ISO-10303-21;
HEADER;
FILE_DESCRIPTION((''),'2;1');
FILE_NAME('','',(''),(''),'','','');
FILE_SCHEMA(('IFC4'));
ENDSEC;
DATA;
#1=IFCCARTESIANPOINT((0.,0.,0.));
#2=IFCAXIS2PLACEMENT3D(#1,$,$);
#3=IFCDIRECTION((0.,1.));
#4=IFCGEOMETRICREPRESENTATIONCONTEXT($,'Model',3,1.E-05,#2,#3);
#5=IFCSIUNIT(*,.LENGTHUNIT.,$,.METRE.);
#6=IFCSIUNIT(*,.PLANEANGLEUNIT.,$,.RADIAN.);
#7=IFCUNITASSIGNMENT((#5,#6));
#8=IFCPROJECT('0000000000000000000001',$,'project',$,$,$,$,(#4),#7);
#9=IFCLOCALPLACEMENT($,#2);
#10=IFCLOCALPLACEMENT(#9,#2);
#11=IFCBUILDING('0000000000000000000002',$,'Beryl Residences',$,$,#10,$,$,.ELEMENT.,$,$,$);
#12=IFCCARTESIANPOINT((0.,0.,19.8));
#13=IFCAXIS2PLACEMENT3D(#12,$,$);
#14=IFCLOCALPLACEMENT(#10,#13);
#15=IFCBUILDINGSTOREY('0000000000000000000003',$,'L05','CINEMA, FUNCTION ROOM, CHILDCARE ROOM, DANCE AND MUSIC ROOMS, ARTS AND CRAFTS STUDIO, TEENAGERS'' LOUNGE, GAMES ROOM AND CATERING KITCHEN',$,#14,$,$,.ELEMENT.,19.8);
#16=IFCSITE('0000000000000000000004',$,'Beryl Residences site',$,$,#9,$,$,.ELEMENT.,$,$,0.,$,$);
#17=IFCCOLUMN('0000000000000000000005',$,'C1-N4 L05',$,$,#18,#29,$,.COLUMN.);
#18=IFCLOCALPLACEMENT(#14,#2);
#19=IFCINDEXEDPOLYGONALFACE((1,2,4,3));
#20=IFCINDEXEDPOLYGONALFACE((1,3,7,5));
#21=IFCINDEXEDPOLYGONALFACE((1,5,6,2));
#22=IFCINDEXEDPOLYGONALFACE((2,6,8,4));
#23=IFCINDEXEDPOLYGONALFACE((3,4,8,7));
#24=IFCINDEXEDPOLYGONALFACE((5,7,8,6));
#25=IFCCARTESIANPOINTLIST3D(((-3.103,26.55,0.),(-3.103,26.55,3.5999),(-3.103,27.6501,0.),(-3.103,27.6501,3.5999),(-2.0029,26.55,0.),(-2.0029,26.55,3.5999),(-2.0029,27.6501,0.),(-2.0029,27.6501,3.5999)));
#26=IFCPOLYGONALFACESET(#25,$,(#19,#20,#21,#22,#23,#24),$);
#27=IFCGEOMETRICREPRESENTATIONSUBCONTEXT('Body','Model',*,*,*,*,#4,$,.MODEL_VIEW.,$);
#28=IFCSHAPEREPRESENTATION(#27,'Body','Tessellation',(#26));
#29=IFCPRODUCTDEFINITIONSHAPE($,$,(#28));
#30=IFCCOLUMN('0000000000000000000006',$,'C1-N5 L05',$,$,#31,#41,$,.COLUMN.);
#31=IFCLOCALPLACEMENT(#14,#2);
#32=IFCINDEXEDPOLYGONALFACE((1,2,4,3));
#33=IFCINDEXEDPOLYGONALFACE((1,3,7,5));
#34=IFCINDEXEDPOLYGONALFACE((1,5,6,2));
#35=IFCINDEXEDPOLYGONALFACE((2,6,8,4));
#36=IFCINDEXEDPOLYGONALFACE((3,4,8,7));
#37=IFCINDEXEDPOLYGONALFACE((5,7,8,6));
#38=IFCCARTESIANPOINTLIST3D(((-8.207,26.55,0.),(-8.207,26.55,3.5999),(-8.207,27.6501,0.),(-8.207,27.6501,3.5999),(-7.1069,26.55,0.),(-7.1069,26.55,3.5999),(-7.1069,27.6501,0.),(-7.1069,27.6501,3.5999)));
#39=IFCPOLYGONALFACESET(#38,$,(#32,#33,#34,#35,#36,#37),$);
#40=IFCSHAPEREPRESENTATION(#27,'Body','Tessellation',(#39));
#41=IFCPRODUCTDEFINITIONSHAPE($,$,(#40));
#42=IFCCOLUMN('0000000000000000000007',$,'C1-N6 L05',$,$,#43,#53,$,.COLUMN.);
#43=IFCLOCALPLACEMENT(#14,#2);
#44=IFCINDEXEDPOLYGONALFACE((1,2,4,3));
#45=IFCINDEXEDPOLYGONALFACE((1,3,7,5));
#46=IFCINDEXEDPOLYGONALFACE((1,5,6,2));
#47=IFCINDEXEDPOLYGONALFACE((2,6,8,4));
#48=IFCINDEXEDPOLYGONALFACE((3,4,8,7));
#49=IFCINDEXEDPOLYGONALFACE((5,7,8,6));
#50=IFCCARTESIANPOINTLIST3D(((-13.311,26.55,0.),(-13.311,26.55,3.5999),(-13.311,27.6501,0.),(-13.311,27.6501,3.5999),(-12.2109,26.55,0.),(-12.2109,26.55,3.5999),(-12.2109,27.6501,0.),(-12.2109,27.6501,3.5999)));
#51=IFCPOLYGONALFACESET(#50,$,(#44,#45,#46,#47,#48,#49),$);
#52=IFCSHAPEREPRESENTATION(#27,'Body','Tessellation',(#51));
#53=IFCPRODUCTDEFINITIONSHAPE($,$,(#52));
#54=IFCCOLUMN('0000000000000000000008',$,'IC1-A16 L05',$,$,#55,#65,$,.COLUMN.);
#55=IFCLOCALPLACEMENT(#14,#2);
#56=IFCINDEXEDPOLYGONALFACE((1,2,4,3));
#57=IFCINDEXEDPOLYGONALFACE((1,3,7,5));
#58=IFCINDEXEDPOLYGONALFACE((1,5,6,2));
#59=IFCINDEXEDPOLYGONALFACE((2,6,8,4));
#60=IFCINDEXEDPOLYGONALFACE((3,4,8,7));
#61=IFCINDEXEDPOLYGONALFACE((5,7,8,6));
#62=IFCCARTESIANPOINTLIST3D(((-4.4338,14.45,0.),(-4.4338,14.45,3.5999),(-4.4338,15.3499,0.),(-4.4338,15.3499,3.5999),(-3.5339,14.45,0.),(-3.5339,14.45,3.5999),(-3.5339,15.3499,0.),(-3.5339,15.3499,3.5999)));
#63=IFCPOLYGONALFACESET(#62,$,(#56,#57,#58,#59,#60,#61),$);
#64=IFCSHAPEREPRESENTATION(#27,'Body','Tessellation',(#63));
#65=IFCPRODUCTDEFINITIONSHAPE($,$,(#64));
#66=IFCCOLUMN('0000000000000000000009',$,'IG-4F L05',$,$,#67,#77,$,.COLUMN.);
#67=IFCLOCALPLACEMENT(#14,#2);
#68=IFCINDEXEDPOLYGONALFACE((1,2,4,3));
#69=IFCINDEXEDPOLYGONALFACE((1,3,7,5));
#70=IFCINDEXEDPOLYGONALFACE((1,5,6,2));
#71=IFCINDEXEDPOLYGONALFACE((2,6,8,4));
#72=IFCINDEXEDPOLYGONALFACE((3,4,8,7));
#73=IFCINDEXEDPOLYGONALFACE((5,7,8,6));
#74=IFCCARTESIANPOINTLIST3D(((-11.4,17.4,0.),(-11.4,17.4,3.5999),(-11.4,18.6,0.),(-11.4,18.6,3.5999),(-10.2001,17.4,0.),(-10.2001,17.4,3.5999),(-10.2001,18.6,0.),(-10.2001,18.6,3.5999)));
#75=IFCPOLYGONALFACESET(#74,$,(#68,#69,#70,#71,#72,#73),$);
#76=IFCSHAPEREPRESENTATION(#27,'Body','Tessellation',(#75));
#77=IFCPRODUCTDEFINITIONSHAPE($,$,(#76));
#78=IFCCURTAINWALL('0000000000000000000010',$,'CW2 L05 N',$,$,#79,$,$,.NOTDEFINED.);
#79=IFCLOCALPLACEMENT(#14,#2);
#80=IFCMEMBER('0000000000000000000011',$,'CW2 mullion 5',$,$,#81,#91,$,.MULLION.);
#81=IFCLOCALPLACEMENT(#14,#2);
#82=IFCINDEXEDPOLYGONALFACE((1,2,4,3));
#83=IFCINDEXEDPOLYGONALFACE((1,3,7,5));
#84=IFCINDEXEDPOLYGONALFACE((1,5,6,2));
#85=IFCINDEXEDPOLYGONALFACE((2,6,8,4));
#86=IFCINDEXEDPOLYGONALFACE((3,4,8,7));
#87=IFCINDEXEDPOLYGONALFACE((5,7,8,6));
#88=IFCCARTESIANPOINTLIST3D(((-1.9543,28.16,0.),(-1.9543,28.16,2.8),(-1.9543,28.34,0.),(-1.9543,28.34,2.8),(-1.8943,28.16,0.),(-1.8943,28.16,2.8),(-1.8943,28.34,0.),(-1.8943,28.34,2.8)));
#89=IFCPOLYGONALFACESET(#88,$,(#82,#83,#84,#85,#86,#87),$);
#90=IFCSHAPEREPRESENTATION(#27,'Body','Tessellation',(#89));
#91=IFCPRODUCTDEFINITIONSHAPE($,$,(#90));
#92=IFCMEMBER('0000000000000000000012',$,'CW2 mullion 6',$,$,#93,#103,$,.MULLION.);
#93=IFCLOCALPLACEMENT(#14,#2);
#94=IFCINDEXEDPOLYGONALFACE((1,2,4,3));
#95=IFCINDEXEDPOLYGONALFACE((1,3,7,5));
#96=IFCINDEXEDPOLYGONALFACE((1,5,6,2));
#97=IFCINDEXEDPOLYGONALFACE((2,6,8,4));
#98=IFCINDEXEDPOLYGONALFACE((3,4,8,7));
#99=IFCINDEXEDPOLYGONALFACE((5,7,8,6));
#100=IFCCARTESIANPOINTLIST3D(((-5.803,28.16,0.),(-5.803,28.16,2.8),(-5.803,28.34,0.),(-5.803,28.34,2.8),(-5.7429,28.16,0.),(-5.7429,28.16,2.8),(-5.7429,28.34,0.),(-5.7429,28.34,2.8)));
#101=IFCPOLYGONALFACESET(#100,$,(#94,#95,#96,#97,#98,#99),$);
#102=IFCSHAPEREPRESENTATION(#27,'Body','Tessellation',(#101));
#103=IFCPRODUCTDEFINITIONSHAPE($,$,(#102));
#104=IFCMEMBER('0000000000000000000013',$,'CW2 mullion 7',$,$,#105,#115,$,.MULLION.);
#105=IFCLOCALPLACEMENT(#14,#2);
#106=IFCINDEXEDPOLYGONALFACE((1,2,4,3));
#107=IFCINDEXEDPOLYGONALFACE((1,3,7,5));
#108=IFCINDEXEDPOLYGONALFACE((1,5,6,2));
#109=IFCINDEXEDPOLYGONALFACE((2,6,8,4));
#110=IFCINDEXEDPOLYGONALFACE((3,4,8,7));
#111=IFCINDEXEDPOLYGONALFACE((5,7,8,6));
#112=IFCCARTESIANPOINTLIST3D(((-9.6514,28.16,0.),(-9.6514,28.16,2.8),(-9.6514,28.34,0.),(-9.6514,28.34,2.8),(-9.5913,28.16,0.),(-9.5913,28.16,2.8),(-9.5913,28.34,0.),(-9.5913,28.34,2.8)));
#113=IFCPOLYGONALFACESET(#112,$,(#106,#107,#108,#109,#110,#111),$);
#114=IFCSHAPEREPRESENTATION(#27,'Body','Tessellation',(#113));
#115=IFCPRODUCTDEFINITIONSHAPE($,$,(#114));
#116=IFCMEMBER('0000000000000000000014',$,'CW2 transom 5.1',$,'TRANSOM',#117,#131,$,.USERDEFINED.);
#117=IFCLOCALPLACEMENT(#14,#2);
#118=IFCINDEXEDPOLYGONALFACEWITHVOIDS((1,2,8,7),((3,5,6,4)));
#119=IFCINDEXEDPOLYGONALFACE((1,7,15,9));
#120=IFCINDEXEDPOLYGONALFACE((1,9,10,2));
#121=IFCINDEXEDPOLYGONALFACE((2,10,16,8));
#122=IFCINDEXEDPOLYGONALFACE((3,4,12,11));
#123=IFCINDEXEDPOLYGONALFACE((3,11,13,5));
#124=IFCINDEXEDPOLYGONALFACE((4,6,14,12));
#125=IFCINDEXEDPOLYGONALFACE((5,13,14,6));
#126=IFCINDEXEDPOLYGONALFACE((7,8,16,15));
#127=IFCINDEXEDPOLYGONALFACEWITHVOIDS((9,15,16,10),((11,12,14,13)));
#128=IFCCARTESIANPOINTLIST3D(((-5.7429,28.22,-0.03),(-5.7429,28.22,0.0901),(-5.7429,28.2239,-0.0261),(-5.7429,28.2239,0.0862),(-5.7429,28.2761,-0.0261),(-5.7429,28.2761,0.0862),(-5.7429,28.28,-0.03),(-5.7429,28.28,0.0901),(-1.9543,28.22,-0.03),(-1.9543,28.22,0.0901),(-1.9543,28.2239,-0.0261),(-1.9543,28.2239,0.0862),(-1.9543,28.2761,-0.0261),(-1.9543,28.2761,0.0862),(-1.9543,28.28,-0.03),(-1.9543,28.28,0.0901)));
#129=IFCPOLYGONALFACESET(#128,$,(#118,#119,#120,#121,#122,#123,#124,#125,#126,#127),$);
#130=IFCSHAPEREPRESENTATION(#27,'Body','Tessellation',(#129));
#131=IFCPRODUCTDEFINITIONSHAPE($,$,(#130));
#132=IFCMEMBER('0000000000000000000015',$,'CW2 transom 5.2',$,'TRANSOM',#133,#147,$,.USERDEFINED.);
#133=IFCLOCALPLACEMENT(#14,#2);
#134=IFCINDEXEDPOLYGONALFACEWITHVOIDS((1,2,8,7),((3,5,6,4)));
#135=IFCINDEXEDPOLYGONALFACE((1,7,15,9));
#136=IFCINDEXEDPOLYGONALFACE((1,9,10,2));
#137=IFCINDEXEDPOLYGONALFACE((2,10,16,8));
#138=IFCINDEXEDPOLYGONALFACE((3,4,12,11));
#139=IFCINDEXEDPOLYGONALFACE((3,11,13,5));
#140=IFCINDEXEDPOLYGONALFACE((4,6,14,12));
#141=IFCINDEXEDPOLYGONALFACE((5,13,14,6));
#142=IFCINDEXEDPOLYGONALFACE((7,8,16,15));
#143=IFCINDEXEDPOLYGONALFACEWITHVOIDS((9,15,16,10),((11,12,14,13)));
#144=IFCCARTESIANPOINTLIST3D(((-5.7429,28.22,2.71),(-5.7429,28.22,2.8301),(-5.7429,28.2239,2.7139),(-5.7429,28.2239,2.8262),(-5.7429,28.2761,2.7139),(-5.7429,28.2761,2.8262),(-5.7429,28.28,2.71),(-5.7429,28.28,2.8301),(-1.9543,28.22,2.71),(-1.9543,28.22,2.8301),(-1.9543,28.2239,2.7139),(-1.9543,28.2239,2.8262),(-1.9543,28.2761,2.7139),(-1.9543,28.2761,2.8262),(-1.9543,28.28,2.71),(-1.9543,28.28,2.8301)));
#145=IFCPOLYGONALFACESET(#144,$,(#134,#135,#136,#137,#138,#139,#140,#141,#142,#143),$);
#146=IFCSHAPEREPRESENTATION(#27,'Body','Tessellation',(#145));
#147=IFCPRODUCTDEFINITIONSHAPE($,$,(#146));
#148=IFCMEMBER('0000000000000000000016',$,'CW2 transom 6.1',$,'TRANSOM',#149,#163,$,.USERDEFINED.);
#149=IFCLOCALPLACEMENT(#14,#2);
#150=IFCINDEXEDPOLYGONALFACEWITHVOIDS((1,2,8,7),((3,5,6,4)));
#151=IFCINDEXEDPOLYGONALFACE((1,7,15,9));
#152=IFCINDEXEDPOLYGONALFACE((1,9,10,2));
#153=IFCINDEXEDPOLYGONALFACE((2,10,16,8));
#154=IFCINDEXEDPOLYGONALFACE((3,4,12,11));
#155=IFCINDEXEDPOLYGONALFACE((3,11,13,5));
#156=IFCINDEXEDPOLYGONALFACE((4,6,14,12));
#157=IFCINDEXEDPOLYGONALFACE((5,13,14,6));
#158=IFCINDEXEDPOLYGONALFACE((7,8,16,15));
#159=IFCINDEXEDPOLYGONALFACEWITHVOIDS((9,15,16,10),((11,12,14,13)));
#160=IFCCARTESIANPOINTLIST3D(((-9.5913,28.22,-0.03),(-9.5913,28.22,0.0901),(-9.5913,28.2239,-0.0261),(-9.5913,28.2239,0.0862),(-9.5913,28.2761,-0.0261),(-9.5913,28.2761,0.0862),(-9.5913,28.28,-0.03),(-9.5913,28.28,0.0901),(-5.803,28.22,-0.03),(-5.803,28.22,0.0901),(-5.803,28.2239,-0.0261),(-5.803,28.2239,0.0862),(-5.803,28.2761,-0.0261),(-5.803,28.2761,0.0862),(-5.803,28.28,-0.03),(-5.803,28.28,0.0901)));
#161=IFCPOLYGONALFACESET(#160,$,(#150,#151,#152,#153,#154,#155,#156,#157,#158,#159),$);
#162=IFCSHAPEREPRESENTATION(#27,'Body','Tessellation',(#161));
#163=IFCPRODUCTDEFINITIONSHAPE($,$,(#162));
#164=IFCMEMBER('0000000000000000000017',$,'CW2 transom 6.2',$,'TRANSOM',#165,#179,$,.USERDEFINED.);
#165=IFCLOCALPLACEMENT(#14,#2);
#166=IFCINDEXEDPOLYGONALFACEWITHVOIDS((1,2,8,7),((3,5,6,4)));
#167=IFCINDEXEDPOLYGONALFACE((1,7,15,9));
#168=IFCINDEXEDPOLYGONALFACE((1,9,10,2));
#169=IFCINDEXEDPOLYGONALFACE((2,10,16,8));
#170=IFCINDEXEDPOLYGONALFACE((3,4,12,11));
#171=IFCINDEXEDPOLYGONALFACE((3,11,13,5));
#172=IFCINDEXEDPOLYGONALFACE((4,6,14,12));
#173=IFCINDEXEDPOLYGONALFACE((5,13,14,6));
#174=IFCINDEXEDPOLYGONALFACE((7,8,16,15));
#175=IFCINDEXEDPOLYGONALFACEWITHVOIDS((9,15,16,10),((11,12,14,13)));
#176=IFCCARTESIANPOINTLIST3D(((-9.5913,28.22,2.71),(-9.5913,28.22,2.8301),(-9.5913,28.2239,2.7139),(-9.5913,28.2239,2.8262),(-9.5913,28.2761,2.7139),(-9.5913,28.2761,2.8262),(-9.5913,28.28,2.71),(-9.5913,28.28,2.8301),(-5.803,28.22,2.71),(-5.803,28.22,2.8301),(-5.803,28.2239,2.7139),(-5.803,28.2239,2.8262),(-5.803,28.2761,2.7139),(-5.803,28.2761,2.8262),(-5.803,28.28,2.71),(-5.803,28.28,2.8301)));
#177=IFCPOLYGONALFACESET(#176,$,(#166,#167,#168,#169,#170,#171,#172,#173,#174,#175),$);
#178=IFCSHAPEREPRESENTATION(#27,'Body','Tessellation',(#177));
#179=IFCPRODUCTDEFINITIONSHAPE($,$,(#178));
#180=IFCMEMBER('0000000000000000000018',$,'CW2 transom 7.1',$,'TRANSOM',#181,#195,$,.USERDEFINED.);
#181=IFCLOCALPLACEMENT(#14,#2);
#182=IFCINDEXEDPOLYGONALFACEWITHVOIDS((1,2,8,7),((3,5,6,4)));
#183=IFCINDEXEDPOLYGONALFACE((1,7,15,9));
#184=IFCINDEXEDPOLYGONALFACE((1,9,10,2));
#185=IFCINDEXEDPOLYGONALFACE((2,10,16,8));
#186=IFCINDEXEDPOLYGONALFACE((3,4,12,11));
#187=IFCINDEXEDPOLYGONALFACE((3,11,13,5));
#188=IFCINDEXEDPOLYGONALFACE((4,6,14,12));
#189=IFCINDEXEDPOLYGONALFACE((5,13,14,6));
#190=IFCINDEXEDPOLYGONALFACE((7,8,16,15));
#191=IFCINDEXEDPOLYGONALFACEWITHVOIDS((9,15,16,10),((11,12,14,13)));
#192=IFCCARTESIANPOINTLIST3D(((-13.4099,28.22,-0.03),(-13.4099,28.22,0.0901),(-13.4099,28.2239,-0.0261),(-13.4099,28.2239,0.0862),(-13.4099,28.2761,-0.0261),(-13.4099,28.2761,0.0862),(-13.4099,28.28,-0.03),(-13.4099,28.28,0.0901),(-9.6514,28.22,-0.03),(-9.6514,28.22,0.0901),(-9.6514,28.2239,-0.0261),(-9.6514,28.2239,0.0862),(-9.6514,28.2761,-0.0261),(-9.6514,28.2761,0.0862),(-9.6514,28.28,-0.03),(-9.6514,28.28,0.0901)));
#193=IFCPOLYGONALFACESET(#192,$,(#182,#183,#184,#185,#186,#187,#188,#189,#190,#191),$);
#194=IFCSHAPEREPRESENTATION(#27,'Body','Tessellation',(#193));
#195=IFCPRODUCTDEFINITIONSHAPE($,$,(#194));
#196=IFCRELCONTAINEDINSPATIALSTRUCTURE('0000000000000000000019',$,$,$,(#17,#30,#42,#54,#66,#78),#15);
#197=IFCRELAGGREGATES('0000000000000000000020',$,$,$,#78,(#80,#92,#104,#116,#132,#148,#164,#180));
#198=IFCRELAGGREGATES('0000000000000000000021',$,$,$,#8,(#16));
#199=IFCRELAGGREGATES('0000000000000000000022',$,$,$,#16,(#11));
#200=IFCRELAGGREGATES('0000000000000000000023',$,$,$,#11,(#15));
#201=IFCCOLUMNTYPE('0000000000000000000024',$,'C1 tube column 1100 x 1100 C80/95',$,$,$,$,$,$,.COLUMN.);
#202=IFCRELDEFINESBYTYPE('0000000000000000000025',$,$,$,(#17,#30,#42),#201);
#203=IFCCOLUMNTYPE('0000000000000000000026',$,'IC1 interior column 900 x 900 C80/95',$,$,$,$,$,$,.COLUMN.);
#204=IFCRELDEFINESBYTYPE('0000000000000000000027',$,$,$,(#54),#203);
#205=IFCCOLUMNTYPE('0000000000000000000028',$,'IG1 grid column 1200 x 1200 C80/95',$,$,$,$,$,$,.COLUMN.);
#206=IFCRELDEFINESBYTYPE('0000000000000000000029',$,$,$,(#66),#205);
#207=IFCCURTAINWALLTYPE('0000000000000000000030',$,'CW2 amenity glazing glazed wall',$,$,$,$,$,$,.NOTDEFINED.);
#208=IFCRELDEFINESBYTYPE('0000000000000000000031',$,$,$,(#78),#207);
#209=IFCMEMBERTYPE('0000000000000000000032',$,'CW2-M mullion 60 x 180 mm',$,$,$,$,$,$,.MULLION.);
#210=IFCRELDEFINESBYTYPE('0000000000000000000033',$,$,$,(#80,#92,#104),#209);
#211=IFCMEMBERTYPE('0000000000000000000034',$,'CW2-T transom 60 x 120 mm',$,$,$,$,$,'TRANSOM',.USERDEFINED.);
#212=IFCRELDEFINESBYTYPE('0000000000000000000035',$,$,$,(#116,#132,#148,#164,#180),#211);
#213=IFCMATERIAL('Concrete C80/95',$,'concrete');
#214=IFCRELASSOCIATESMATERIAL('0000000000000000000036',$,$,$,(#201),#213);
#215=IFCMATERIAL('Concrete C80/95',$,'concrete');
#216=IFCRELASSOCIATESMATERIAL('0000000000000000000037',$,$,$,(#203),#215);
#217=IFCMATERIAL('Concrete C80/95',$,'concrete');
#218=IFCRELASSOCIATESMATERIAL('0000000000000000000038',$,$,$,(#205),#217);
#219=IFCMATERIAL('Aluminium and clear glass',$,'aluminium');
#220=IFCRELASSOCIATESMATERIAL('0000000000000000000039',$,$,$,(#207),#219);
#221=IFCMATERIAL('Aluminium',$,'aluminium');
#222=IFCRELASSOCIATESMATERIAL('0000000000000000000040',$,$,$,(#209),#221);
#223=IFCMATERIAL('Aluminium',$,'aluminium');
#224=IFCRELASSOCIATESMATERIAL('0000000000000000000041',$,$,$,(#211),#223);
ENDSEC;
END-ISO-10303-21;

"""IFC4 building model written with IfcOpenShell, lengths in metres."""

from ifc_helpers import new_model, si_unit, direction, frame, origin, origin_2d, place, context, subcontext, project, spatial, rectangle, hollow_rectangle, extrude, material, material_profile, profile_set, type_object, element, aggregate, save


model = new_model("IFC4")

# Units and contexts
model_context = context("Model", 3, precision=1e-05, world=origin(), true_north=direction((0.0, 1.0)))
body_context = subcontext(model_context, "Body", "Model", "MODEL_VIEW")
ifc_project = project(units=[si_unit("LENGTHUNIT", "METRE"), si_unit("PLANEANGLEUNIT", "RADIAN")], contexts=[model_context])

# Site, building, storey
site_placement = place(None, origin())
site = spatial("IfcSite", under=ifc_project, at=site_placement, Name="Beryl Residences site", CompositionType="ELEMENT", RefElevation=0.0)
building_placement = place(site_placement, origin())
building = spatial("IfcBuilding", under=site, at=building_placement, Name="Beryl Residences", CompositionType="ELEMENT")
storey_placement = place(building_placement, frame((0.0, 0.0, 19.8)))
storey = spatial("IfcBuildingStorey", under=building, at=storey_placement, Name="L05", Description="CINEMA, FUNCTION ROOM, CHILDCARE ROOM, DANCE AND MUSIC ROOMS, ARTS AND CRAFTS STUDIO, TEENAGERS' LOUNGE, GAMES ROOM AND CATERING KITCHEN", CompositionType="ELEMENT", Elevation=19.8)

# Columns
ifc_material_1 = material(Name="Concrete C80/95", Category="concrete")
ifc_material_profile_1 = material_profile(ifc_material_1, rectangle(XDim=1.1001, YDim=1.1001, at=origin_2d()))
ifc_profile_set_1 = profile_set([ifc_material_profile_1], Name="Concrete C80/95")
column_type_1 = type_object("IfcColumnType", Name="C1 tube column 1100 x 1100 C80/95", PredefinedType="COLUMN", material=ifc_profile_set_1)
for number, where, z_axis, x_axis, name in (
    (1, (-2.553, 27.1001, 0.0), (0.0, 0.0, 1.0), (-1.0, 0.0, 0.0), "C1-N4 L05"),
    (2, (-7.657, 27.1001, 0.0), (0.0, 0.0, 1.0), (-1.0, 0.0, 0.0), "C1-N5 L05"),
    (3, (-12.761, 27.1001, 0.0), (0.0, 0.0, 1.0), (-1.0, 0.0, 0.0), "C1-N6 L05"),
):
    element("IfcColumn", number, at=place(storey_placement, frame(where, z_axis=z_axis, x_axis=x_axis)), inside=storey, type_object=column_type_1, Name=name, PredefinedType="COLUMN", context=body_context, shape_type="SweptSolid", body=[
        extrude(rectangle(XDim=1.1001, YDim=1.1001, at=origin_2d()), origin(), (0.0, 0.0, 1.0), 3.5999),
    ])
ifc_material_2 = material(Name="Concrete C80/95", Category="concrete")
ifc_material_profile_2 = material_profile(ifc_material_2, rectangle(XDim=0.8999, YDim=0.8999, at=origin_2d()))
ifc_profile_set_2 = profile_set([ifc_material_profile_2], Name="Concrete C80/95")
column_type_2 = type_object("IfcColumnType", Name="IC1 interior column 900 x 900 C80/95", PredefinedType="COLUMN", material=ifc_profile_set_2)
column_1_placement = place(storey_placement, frame((-3.9839, 14.8999, 0.0), z_axis=(0.0, 0.0, 1.0), x_axis=(1.0, 0.0, 0.0)))
element("IfcColumn", 4, at=column_1_placement, inside=storey, type_object=column_type_2, Name="IC1-A16 L05", PredefinedType="COLUMN", context=body_context, shape_type="SweptSolid", body=[
    extrude(rectangle(XDim=0.8999, YDim=0.8999, at=origin_2d()), origin(), (0.0, 0.0, 1.0), 3.5999),
])
ifc_material_3 = material(Name="Concrete C80/95", Category="concrete")
ifc_material_profile_3 = material_profile(ifc_material_3, rectangle(XDim=1.2, YDim=1.2, at=origin_2d()))
ifc_profile_set_3 = profile_set([ifc_material_profile_3], Name="Concrete C80/95")
column_type_3 = type_object("IfcColumnType", Name="IG1 grid column 1200 x 1200 C80/95", PredefinedType="COLUMN", material=ifc_profile_set_3)
column_2_placement = place(storey_placement, frame((-10.8, 18.0, 0.0), z_axis=(0.0, 0.0, 1.0), x_axis=(1.0, 0.0, 0.0)))
element("IfcColumn", 5, at=column_2_placement, inside=storey, type_object=column_type_3, Name="IG-4F L05", PredefinedType="COLUMN", context=body_context, shape_type="SweptSolid", body=[
    extrude(rectangle(XDim=1.2, YDim=1.2, at=origin_2d()), origin(), (0.0, 0.0, 1.0), 3.5999),
])

# Curtain wall, members
ifc_material_4 = material(Name="Aluminium and clear glass", Category="aluminium")
curtain_wall_type = type_object("IfcCurtainWallType", Name="CW2 amenity glazing glazed wall", PredefinedType="NOTDEFINED", material=ifc_material_4)
curtain_wall_placement = place(storey_placement, origin())
curtain_wall = element("IfcCurtainWall", 6, at=curtain_wall_placement, inside=storey, type_object=curtain_wall_type, Name="CW2 L05 N", PredefinedType="NOTDEFINED")
ifc_material_5 = material(Name="Aluminium", Category="aluminium")
ifc_material_profile_4 = material_profile(ifc_material_5, rectangle(XDim=0.0601, YDim=0.1799, at=origin_2d()))
ifc_profile_set_4 = profile_set([ifc_material_profile_4], Name="Aluminium")
member_type_1 = type_object("IfcMemberType", Name="CW2-M mullion 60 x 180 mm", PredefinedType="MULLION", material=ifc_profile_set_4)
member_1_placement = place(storey_placement, frame((-1.9243, 28.25, 0.0), z_axis=(0.0, 0.0, 1.0), x_axis=(-1.0, 0.0, 0.0)))
member_1 = element("IfcMember", 7, at=member_1_placement, type_object=member_type_1, Name="CW2 mullion 5", PredefinedType="MULLION", context=body_context, shape_type="SweptSolid", body=[
    extrude(rectangle(XDim=0.0601, YDim=0.1799, at=origin_2d()), origin(), (0.0, 0.0, 1.0), 2.8),
])
member_2_placement = place(storey_placement, frame((-5.7729, 28.25, 0.0), z_axis=(0.0, 0.0, 1.0), x_axis=(-1.0, 0.0, 0.0)))
member_2 = element("IfcMember", 8, at=member_2_placement, type_object=member_type_1, Name="CW2 mullion 6", PredefinedType="MULLION", context=body_context, shape_type="SweptSolid", body=[
    extrude(rectangle(XDim=0.0601, YDim=0.1799, at=origin_2d()), origin(), (0.0, 0.0, 1.0), 2.8),
])
member_3_placement = place(storey_placement, frame((-9.6213, 28.25, 0.0), z_axis=(0.0, 0.0, 1.0), x_axis=(-1.0, 0.0, 0.0)))
member_3 = element("IfcMember", 9, at=member_3_placement, type_object=member_type_1, Name="CW2 mullion 7", PredefinedType="MULLION", context=body_context, shape_type="SweptSolid", body=[
    extrude(rectangle(XDim=0.0601, YDim=0.1799, at=origin_2d()), origin(), (0.0, 0.0, 1.0), 2.8),
])
ifc_material_6 = material(Name="Aluminium", Category="aluminium")
ifc_material_profile_5 = material_profile(ifc_material_6, hollow_rectangle(XDim=0.0601, YDim=0.1201, WallThickness=0.0039, at=origin_2d()))
ifc_profile_set_5 = profile_set([ifc_material_profile_5], Name="Aluminium")
member_type_2 = type_object("IfcMemberType", Name="CW2-T transom 60 x 120 mm", ElementType="TRANSOM", PredefinedType="USERDEFINED", material=ifc_profile_set_5)
member_4_placement = place(storey_placement, frame((-1.9543, 28.25, 0.03), z_axis=(-1.0, 0.0, 0.0), x_axis=(0.0, -1.0, 0.0)))
member_4 = element("IfcMember", 10, at=member_4_placement, type_object=member_type_2, Name="CW2 transom 5.1", ObjectType="TRANSOM", PredefinedType="USERDEFINED", context=body_context, shape_type="SweptSolid", body=[
    extrude(hollow_rectangle(XDim=0.0601, YDim=0.1201, WallThickness=0.0039, at=origin_2d()), origin(), (0.0, 0.0, 1.0), 3.7886),
])
member_5_placement = place(storey_placement, frame((-1.9543, 28.25, 2.77), z_axis=(-1.0, 0.0, 0.0), x_axis=(0.0, -1.0, 0.0)))
member_5 = element("IfcMember", 11, at=member_5_placement, type_object=member_type_2, Name="CW2 transom 5.2", ObjectType="TRANSOM", PredefinedType="USERDEFINED", context=body_context, shape_type="SweptSolid", body=[
    extrude(hollow_rectangle(XDim=0.0601, YDim=0.1201, WallThickness=0.0039, at=origin_2d()), origin(), (0.0, 0.0, 1.0), 3.7886),
])
member_6_placement = place(storey_placement, frame((-5.803, 28.25, 0.03), z_axis=(-1.0, 0.0, 0.0), x_axis=(0.0, -1.0, 0.0)))
member_6 = element("IfcMember", 12, at=member_6_placement, type_object=member_type_2, Name="CW2 transom 6.1", ObjectType="TRANSOM", PredefinedType="USERDEFINED", context=body_context, shape_type="SweptSolid", body=[
    extrude(hollow_rectangle(XDim=0.0601, YDim=0.1201, WallThickness=0.0039, at=origin_2d()), origin(), (0.0, 0.0, 1.0), 3.7883),
])
member_7_placement = place(storey_placement, frame((-5.803, 28.25, 2.77), z_axis=(-1.0, 0.0, 0.0), x_axis=(0.0, -1.0, 0.0)))
member_7 = element("IfcMember", 13, at=member_7_placement, type_object=member_type_2, Name="CW2 transom 6.2", ObjectType="TRANSOM", PredefinedType="USERDEFINED", context=body_context, shape_type="SweptSolid", body=[
    extrude(hollow_rectangle(XDim=0.0601, YDim=0.1201, WallThickness=0.0039, at=origin_2d()), origin(), (0.0, 0.0, 1.0), 3.7883),
])
member_8_placement = place(storey_placement, frame((-9.6514, 28.25, 0.03), z_axis=(-1.0, 0.0, 0.0), x_axis=(0.0, -1.0, 0.0)))
member_8 = element("IfcMember", 14, at=member_8_placement, type_object=member_type_2, Name="CW2 transom 7.1", ObjectType="TRANSOM", PredefinedType="USERDEFINED", context=body_context, shape_type="SweptSolid", body=[
    extrude(hollow_rectangle(XDim=0.0601, YDim=0.1201, WallThickness=0.0039, at=origin_2d()), origin(), (0.0, 0.0, 1.0), 3.7585),
])

aggregate(curtain_wall, [member_1, member_2, member_3, member_4, member_5, member_6, member_7, member_8])

save(model, "model.ifc")
